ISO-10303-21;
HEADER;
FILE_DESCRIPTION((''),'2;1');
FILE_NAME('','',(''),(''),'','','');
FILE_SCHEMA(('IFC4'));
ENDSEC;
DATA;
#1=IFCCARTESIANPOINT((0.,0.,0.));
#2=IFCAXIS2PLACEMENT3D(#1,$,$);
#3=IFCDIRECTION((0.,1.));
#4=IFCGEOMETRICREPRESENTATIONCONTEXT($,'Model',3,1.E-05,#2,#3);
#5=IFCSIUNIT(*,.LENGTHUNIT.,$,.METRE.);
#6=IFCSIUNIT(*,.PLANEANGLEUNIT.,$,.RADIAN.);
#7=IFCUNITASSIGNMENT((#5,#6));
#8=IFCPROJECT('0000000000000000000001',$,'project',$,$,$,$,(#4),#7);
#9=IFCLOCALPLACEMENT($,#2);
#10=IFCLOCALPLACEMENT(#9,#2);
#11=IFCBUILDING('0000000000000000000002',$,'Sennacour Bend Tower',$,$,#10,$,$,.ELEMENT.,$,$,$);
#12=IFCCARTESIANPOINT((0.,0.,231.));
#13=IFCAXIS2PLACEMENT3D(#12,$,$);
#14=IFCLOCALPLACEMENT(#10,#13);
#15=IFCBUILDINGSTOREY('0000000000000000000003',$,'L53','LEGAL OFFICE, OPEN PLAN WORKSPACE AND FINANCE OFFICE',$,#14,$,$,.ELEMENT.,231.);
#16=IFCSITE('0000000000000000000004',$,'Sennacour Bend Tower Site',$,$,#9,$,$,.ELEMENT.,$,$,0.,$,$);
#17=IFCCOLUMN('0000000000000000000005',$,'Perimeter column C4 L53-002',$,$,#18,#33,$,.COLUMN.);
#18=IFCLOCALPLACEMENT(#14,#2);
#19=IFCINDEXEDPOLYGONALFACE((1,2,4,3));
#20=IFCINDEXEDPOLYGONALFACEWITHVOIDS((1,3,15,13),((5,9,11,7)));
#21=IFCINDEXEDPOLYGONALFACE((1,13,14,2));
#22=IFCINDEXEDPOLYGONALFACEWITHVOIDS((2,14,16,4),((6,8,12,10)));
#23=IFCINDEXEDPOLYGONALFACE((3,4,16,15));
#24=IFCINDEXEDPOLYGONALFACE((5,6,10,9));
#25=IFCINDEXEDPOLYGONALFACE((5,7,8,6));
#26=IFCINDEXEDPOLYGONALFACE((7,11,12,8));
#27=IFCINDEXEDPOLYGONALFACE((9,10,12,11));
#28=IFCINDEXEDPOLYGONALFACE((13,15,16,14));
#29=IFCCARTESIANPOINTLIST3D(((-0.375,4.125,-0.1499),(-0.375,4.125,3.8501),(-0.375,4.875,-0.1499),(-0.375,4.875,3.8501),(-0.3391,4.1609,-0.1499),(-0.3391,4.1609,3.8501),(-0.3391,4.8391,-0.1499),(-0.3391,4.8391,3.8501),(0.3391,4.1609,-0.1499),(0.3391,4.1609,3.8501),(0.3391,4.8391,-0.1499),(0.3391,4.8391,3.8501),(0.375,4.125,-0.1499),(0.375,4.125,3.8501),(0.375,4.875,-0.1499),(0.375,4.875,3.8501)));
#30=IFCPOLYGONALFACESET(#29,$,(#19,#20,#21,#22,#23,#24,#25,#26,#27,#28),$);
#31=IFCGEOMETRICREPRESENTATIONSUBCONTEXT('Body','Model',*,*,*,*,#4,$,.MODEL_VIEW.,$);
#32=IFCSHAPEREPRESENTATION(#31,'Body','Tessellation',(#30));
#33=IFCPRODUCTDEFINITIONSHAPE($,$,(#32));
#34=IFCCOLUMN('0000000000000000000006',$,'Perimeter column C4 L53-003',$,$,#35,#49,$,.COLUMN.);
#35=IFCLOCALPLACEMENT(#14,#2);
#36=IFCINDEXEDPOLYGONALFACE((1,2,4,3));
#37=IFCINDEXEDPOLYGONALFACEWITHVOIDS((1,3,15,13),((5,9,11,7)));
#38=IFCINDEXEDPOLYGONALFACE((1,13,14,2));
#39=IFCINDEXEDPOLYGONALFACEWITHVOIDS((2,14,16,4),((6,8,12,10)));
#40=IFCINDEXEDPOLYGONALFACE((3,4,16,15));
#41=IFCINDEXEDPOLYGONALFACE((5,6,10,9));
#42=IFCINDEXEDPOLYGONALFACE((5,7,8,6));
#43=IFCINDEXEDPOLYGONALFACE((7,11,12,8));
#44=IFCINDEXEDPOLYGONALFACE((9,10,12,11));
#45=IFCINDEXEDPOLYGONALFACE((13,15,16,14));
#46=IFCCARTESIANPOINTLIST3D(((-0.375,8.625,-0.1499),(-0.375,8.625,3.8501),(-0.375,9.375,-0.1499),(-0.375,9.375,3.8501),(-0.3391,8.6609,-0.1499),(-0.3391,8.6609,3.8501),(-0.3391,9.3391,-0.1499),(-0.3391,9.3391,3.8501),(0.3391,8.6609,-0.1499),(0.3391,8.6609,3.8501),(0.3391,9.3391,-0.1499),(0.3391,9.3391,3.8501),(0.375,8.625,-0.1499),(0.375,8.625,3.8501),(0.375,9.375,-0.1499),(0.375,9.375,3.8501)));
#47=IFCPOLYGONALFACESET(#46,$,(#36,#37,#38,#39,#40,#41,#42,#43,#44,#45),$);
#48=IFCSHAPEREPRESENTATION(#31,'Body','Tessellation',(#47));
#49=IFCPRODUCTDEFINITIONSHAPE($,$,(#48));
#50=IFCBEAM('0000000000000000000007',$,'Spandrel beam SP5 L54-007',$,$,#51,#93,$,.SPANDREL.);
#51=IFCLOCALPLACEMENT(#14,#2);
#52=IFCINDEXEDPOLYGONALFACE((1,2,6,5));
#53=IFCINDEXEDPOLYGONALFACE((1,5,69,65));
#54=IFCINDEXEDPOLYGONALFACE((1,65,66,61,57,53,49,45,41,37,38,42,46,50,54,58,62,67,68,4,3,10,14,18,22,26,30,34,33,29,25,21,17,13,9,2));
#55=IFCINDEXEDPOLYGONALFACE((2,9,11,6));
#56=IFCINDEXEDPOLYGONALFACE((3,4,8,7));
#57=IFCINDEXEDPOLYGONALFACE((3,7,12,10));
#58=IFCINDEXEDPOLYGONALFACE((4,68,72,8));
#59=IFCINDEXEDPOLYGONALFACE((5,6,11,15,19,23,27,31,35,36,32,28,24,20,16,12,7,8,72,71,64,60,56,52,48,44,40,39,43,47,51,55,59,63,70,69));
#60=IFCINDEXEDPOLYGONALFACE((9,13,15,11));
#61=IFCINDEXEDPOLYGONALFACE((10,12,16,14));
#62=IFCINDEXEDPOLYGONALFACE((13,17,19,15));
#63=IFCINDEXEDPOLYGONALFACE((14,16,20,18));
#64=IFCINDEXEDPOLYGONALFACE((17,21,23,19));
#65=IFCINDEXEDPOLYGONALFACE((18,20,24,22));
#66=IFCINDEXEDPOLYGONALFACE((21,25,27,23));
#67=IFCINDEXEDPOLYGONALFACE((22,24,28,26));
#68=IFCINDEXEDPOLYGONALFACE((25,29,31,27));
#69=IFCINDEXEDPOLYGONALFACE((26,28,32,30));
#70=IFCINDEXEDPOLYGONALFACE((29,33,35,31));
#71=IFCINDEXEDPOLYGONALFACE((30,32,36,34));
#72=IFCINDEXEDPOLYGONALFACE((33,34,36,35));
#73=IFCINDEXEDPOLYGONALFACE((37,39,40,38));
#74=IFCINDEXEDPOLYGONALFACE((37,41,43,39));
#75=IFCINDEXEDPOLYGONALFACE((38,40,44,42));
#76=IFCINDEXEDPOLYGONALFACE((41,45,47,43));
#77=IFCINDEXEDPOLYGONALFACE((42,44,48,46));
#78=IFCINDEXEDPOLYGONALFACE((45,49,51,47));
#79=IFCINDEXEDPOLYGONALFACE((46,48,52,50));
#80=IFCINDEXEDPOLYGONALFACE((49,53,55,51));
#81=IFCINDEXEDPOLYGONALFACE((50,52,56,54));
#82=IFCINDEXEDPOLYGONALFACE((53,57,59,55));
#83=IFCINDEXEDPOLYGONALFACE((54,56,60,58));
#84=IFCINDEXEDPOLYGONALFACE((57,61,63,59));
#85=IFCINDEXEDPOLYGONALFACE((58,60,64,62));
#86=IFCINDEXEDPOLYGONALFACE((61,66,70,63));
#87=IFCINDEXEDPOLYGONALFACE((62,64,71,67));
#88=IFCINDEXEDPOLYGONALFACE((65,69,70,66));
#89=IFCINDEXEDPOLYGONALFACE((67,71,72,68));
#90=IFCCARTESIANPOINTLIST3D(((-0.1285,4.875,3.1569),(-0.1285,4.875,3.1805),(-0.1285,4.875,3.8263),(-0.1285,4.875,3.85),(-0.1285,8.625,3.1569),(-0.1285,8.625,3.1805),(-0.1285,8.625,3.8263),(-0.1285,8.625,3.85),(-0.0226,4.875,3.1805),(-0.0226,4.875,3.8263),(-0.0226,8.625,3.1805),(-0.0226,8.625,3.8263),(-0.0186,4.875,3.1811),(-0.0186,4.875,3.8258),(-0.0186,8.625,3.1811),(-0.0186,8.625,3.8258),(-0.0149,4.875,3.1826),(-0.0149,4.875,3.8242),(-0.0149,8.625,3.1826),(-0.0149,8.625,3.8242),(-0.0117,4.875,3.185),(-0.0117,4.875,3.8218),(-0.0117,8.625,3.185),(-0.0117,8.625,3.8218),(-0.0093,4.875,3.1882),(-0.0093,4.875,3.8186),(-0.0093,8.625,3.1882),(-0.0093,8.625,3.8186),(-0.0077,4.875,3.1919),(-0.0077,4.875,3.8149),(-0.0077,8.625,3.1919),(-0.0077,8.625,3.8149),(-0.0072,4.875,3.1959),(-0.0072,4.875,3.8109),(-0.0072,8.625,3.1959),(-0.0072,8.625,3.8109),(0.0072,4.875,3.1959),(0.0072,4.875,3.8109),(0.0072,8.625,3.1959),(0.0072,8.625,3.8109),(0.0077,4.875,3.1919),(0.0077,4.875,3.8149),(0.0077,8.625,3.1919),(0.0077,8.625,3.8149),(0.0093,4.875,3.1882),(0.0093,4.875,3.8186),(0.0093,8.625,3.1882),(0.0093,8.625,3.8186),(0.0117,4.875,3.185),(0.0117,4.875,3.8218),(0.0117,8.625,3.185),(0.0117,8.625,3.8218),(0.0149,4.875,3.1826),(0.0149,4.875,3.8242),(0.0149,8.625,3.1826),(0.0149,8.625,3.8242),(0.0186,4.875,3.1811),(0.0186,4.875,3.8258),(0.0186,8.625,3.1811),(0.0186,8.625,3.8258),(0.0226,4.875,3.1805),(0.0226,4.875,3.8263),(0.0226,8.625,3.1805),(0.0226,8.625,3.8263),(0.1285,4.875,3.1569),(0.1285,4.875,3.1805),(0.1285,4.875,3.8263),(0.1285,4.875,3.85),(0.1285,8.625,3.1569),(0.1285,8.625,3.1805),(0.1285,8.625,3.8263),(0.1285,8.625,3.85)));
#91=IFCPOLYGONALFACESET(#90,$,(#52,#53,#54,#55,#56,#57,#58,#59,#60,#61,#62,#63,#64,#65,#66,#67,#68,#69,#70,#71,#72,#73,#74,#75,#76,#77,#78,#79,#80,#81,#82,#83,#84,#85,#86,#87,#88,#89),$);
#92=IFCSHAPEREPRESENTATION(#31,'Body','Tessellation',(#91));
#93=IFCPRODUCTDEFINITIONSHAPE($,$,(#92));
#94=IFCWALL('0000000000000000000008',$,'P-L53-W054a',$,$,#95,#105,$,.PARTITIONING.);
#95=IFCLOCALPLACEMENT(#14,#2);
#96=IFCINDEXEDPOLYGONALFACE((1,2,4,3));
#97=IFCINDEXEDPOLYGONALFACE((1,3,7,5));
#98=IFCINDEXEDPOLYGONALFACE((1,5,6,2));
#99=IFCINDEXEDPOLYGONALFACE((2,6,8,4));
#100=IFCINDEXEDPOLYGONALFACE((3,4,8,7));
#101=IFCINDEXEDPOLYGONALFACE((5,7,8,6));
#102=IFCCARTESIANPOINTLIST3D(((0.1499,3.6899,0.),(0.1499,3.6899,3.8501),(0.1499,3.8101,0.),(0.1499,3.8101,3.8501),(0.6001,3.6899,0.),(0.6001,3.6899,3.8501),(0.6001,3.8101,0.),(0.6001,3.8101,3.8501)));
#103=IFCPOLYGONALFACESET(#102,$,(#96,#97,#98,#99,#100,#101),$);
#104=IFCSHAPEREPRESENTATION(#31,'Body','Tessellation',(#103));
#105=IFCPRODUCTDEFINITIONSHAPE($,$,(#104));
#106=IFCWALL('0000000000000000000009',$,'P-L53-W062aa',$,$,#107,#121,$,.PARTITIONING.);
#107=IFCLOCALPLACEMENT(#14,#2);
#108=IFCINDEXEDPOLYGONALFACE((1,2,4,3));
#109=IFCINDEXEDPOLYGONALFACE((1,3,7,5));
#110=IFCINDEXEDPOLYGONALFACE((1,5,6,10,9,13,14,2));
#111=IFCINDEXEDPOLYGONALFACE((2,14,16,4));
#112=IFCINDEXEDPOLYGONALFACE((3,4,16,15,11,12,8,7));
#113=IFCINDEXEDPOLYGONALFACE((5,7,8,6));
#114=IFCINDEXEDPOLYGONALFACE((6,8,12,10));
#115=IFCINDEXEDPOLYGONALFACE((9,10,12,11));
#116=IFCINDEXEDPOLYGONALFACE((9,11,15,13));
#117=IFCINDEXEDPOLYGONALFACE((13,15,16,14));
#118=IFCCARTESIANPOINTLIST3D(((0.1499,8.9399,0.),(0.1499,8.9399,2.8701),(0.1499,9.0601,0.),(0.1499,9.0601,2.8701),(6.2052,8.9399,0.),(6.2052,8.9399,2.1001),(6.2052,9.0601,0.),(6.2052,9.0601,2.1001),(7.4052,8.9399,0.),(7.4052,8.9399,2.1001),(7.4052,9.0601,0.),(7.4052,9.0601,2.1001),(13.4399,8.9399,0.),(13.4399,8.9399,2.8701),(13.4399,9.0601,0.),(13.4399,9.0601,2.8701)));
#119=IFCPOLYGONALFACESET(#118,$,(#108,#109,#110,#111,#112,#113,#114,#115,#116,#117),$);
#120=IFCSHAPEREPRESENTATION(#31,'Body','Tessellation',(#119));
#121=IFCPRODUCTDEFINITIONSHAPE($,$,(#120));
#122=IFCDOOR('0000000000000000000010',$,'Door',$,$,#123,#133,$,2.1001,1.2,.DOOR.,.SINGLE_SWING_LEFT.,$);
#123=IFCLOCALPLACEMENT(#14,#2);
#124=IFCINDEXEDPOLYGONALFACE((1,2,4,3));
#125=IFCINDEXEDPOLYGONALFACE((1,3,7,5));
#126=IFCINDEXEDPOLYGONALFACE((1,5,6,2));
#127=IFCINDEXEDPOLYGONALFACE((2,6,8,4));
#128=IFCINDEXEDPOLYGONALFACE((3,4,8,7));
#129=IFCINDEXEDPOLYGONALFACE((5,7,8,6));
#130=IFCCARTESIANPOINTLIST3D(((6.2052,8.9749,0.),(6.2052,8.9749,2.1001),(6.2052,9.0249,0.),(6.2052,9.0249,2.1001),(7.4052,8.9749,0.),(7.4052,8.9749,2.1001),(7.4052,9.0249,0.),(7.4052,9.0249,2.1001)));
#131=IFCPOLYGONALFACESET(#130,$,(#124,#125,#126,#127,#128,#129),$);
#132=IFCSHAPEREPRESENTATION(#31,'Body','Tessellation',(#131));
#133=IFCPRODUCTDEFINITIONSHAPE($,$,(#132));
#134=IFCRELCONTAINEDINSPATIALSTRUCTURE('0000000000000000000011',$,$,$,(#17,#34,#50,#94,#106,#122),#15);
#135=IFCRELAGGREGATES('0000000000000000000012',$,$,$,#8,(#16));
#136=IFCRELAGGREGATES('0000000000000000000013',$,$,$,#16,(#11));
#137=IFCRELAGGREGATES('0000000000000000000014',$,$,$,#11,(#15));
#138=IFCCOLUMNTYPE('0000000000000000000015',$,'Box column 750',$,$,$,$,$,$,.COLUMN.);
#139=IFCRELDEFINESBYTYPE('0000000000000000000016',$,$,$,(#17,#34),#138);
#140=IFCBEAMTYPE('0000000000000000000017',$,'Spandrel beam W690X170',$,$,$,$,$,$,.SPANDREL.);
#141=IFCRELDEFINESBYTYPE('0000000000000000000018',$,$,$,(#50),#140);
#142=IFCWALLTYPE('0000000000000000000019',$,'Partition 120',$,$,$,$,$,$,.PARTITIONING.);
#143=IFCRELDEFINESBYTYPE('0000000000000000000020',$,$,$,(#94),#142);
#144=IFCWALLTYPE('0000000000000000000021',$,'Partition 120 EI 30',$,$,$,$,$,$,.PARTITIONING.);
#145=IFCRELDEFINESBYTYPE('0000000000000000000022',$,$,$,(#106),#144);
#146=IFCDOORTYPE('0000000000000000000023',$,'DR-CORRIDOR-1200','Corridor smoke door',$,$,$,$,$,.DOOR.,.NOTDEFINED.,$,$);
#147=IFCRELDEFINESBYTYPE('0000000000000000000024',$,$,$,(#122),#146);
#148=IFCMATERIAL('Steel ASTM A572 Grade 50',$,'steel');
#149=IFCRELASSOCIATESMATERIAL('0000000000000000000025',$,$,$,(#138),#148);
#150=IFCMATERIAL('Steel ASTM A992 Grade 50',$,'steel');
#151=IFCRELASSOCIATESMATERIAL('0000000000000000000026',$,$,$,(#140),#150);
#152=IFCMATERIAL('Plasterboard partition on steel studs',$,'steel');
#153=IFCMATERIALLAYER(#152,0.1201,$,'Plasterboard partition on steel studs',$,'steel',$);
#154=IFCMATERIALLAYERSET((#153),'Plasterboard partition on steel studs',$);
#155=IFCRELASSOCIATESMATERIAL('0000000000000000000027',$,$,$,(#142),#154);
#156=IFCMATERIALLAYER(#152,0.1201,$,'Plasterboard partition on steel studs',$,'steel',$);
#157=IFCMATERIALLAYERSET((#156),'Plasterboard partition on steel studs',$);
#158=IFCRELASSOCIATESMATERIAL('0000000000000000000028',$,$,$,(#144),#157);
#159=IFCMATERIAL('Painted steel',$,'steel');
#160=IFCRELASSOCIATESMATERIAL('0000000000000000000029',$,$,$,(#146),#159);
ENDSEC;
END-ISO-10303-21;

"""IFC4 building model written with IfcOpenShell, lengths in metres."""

from ifc_helpers import new_model, si_unit, direction, frame, frame_2d, origin, origin_2d, place, context, subcontext, project, spatial, rectangle, hollow_rectangle, i_section, extrude, material, layer, layer_set, material_profile, profile_set, type_object, element, fill, save


model = new_model("IFC4")

# Units and contexts
model_context = context("Model", 3, precision=1e-05, world=origin(), true_north=direction((0.0, 1.0)))
body_context = subcontext(model_context, "Body", "Model", "MODEL_VIEW")
ifc_project = project(units=[si_unit("LENGTHUNIT", "METRE"), si_unit("PLANEANGLEUNIT", "RADIAN")], contexts=[model_context])

# Site, building, storey
site_placement = place(None, origin())
site = spatial("IfcSite", under=ifc_project, at=site_placement, Name="Sennacour Bend Tower Site", CompositionType="ELEMENT", RefElevation=0.0)
building_placement = place(site_placement, origin())
building = spatial("IfcBuilding", under=site, at=building_placement, Name="Sennacour Bend Tower", CompositionType="ELEMENT")
storey_placement = place(building_placement, frame((0.0, 0.0, 231.0)))
storey = spatial("IfcBuildingStorey", under=building, at=storey_placement, Name="L53", Description="LEGAL OFFICE, OPEN PLAN WORKSPACE AND FINANCE OFFICE", CompositionType="ELEMENT", Elevation=231.0)

# Columns
ifc_material_1 = material(Name="Steel ASTM A572 Grade 50", Category="steel")
ifc_material_profile_1 = material_profile(ifc_material_1, hollow_rectangle(XDim=0.75, YDim=0.75, WallThickness=0.0359, at=origin_2d()), Name="Steel ASTM A572 Grade 50", Category="steel")
ifc_profile_set_1 = profile_set([ifc_material_profile_1], Name="Steel ASTM A572 Grade 50")
column_type = type_object("IfcColumnType", Name="Box column 750", PredefinedType="COLUMN", material=ifc_profile_set_1)
for number, where, z_axis, x_axis, name in (
    (1, (0.0, 4.5, -0.1499), (0.0, 0.0, 1.0), (1.0, 0.0, 0.0), "Perimeter column C4 L53-002"),
    (2, (0.0, 9.0, -0.1499), (0.0, 0.0, 1.0), (1.0, 0.0, 0.0), "Perimeter column C4 L53-003"),
):
    element("IfcColumn", number, at=place(storey_placement, frame(where, z_axis=z_axis, x_axis=x_axis)), inside=storey, type_object=column_type, Name=name, PredefinedType="COLUMN", context=body_context, shape_type="SweptSolid", body=[
        extrude(hollow_rectangle(XDim=0.75, YDim=0.75, WallThickness=0.0359, at=origin_2d()), origin(), (0.0, 0.0, 1.0), 4.0),
    ])

# Beam
ifc_material_2 = material(Name="Steel ASTM A992 Grade 50", Category="steel")
ifc_material_profile_2 = material_profile(ifc_material_2, i_section(OverallWidth=0.2571, OverallDepth=0.6931, WebThickness=0.0144, FlangeThickness=0.0237, FilletRadius=0.0154, at=origin_2d()), Name="Steel ASTM A992 Grade 50", Category="steel")
ifc_profile_set_2 = profile_set([ifc_material_profile_2], Name="Steel ASTM A992 Grade 50")
beam_type = type_object("IfcBeamType", Name="Spandrel beam W690X170", PredefinedType="SPANDREL", material=ifc_profile_set_2)
beam_placement = place(storey_placement, frame((0.0, 4.875, 3.5034), z_axis=(0.0, 1.0, 0.0), x_axis=(-1.0, 0.0, 0.0)))
element("IfcBeam", 3, at=beam_placement, inside=storey, type_object=beam_type, Name="Spandrel beam SP5 L54-007", PredefinedType="SPANDREL", context=body_context, shape_type="SweptSolid", body=[
    extrude(i_section(OverallWidth=0.2571, OverallDepth=0.6931, WebThickness=0.0144, FlangeThickness=0.0237, FilletRadius=0.0154, at=origin_2d()), origin(), (0.0, 0.0, 1.0), 3.75),
])

# Wall
ifc_material_3 = material(Name="Plasterboard partition on steel studs", Category="steel")
ifc_layer_1 = layer(ifc_material_3, 0.1201, Name="Plasterboard partition on steel studs", Category="steel")
ifc_layer_set_1 = layer_set([ifc_layer_1], Name="Plasterboard partition on steel studs")
wall_type_1 = type_object("IfcWallType", Name="Partition 120", PredefinedType="PARTITIONING", material=ifc_layer_set_1)
wall_1_placement = place(storey_placement, frame((0.1499, 3.75, 0.0), z_axis=(0.0, 0.0, 1.0), x_axis=(1.0, 0.0, 0.0)))
element("IfcWall", 4, at=wall_1_placement, inside=storey, type_object=wall_type_1, Name="P-L53-W054a", PredefinedType="PARTITIONING", context=body_context, shape_type="SweptSolid", body=[
    extrude(rectangle(XDim=0.4502, YDim=0.1201, at=frame_2d((0.2251, 0.0))), origin(), (0.0, 0.0, 1.0), 3.8501),
])

# Wall, opening, door
ifc_layer_2 = layer(ifc_material_3, 0.1201, Name="Plasterboard partition on steel studs", Category="steel")
ifc_layer_set_2 = layer_set([ifc_layer_2], Name="Plasterboard partition on steel studs")
wall_type_2 = type_object("IfcWallType", Name="Partition 120 EI 30", PredefinedType="PARTITIONING", material=ifc_layer_set_2)
wall_2_placement = place(storey_placement, frame((0.1499, 9.0, 0.0), z_axis=(0.0, 0.0, 1.0), x_axis=(1.0, 0.0, 0.0)))
wall_2 = element("IfcWall", 5, at=wall_2_placement, inside=storey, type_object=wall_type_2, Name="P-L53-W062aa", PredefinedType="PARTITIONING", context=body_context, shape_type="SweptSolid", body=[
    extrude(rectangle(XDim=13.29, YDim=0.1201, at=frame_2d((6.645, 0.0))), origin(), (0.0, 0.0, 1.0), 2.8701),
])
opening_1_placement = place(wall_2_placement, frame((6.0552, 0.0, 0.0)))
opening_1 = element("IfcOpeningElement", 6, at=opening_1_placement, cuts=wall_2, PredefinedType="OPENING", context=body_context, shape_type="SweptSolid", body=[
    extrude(rectangle(XDim=1.2, YDim=2.1001, at=frame_2d((0.6001, 1.05))), frame((0.0, 0.0701, 0.0), z_axis=(0.0, -1.0, 0.0), x_axis=(1.0, 0.0, 0.0)), (0.0, 0.0, 1.0), 0.1401),
])
ifc_material_4 = material(Name="Painted steel", Category="steel")
door_type_1 = type_object("IfcDoorType", Name="DR-CORRIDOR-1200", Description="Corridor smoke door", OperationType="NOTDEFINED", PredefinedType="DOOR", material=ifc_material_4)
door_1_placement = place(opening_1_placement, origin())
door_1 = element("IfcDoor", 7, at=door_1_placement, inside=storey, type_object=door_type_1, Name="Door", OperationType="SINGLE_SWING_LEFT", OverallHeight=2.1001, OverallWidth=1.2, PredefinedType="DOOR", context=body_context, shape_type="SweptSolid", body=[
    extrude(rectangle(XDim=1.2, YDim=2.1001, at=frame_2d((0.6001, 1.05))), frame((0.0, 0.0249, 0.0), z_axis=(0.0, -1.0, 0.0), x_axis=(1.0, 0.0, 0.0)), (0.0, 0.0, 1.0), 0.05),
])
fill(opening_1, door_1)

save(model, "model.ifc")
